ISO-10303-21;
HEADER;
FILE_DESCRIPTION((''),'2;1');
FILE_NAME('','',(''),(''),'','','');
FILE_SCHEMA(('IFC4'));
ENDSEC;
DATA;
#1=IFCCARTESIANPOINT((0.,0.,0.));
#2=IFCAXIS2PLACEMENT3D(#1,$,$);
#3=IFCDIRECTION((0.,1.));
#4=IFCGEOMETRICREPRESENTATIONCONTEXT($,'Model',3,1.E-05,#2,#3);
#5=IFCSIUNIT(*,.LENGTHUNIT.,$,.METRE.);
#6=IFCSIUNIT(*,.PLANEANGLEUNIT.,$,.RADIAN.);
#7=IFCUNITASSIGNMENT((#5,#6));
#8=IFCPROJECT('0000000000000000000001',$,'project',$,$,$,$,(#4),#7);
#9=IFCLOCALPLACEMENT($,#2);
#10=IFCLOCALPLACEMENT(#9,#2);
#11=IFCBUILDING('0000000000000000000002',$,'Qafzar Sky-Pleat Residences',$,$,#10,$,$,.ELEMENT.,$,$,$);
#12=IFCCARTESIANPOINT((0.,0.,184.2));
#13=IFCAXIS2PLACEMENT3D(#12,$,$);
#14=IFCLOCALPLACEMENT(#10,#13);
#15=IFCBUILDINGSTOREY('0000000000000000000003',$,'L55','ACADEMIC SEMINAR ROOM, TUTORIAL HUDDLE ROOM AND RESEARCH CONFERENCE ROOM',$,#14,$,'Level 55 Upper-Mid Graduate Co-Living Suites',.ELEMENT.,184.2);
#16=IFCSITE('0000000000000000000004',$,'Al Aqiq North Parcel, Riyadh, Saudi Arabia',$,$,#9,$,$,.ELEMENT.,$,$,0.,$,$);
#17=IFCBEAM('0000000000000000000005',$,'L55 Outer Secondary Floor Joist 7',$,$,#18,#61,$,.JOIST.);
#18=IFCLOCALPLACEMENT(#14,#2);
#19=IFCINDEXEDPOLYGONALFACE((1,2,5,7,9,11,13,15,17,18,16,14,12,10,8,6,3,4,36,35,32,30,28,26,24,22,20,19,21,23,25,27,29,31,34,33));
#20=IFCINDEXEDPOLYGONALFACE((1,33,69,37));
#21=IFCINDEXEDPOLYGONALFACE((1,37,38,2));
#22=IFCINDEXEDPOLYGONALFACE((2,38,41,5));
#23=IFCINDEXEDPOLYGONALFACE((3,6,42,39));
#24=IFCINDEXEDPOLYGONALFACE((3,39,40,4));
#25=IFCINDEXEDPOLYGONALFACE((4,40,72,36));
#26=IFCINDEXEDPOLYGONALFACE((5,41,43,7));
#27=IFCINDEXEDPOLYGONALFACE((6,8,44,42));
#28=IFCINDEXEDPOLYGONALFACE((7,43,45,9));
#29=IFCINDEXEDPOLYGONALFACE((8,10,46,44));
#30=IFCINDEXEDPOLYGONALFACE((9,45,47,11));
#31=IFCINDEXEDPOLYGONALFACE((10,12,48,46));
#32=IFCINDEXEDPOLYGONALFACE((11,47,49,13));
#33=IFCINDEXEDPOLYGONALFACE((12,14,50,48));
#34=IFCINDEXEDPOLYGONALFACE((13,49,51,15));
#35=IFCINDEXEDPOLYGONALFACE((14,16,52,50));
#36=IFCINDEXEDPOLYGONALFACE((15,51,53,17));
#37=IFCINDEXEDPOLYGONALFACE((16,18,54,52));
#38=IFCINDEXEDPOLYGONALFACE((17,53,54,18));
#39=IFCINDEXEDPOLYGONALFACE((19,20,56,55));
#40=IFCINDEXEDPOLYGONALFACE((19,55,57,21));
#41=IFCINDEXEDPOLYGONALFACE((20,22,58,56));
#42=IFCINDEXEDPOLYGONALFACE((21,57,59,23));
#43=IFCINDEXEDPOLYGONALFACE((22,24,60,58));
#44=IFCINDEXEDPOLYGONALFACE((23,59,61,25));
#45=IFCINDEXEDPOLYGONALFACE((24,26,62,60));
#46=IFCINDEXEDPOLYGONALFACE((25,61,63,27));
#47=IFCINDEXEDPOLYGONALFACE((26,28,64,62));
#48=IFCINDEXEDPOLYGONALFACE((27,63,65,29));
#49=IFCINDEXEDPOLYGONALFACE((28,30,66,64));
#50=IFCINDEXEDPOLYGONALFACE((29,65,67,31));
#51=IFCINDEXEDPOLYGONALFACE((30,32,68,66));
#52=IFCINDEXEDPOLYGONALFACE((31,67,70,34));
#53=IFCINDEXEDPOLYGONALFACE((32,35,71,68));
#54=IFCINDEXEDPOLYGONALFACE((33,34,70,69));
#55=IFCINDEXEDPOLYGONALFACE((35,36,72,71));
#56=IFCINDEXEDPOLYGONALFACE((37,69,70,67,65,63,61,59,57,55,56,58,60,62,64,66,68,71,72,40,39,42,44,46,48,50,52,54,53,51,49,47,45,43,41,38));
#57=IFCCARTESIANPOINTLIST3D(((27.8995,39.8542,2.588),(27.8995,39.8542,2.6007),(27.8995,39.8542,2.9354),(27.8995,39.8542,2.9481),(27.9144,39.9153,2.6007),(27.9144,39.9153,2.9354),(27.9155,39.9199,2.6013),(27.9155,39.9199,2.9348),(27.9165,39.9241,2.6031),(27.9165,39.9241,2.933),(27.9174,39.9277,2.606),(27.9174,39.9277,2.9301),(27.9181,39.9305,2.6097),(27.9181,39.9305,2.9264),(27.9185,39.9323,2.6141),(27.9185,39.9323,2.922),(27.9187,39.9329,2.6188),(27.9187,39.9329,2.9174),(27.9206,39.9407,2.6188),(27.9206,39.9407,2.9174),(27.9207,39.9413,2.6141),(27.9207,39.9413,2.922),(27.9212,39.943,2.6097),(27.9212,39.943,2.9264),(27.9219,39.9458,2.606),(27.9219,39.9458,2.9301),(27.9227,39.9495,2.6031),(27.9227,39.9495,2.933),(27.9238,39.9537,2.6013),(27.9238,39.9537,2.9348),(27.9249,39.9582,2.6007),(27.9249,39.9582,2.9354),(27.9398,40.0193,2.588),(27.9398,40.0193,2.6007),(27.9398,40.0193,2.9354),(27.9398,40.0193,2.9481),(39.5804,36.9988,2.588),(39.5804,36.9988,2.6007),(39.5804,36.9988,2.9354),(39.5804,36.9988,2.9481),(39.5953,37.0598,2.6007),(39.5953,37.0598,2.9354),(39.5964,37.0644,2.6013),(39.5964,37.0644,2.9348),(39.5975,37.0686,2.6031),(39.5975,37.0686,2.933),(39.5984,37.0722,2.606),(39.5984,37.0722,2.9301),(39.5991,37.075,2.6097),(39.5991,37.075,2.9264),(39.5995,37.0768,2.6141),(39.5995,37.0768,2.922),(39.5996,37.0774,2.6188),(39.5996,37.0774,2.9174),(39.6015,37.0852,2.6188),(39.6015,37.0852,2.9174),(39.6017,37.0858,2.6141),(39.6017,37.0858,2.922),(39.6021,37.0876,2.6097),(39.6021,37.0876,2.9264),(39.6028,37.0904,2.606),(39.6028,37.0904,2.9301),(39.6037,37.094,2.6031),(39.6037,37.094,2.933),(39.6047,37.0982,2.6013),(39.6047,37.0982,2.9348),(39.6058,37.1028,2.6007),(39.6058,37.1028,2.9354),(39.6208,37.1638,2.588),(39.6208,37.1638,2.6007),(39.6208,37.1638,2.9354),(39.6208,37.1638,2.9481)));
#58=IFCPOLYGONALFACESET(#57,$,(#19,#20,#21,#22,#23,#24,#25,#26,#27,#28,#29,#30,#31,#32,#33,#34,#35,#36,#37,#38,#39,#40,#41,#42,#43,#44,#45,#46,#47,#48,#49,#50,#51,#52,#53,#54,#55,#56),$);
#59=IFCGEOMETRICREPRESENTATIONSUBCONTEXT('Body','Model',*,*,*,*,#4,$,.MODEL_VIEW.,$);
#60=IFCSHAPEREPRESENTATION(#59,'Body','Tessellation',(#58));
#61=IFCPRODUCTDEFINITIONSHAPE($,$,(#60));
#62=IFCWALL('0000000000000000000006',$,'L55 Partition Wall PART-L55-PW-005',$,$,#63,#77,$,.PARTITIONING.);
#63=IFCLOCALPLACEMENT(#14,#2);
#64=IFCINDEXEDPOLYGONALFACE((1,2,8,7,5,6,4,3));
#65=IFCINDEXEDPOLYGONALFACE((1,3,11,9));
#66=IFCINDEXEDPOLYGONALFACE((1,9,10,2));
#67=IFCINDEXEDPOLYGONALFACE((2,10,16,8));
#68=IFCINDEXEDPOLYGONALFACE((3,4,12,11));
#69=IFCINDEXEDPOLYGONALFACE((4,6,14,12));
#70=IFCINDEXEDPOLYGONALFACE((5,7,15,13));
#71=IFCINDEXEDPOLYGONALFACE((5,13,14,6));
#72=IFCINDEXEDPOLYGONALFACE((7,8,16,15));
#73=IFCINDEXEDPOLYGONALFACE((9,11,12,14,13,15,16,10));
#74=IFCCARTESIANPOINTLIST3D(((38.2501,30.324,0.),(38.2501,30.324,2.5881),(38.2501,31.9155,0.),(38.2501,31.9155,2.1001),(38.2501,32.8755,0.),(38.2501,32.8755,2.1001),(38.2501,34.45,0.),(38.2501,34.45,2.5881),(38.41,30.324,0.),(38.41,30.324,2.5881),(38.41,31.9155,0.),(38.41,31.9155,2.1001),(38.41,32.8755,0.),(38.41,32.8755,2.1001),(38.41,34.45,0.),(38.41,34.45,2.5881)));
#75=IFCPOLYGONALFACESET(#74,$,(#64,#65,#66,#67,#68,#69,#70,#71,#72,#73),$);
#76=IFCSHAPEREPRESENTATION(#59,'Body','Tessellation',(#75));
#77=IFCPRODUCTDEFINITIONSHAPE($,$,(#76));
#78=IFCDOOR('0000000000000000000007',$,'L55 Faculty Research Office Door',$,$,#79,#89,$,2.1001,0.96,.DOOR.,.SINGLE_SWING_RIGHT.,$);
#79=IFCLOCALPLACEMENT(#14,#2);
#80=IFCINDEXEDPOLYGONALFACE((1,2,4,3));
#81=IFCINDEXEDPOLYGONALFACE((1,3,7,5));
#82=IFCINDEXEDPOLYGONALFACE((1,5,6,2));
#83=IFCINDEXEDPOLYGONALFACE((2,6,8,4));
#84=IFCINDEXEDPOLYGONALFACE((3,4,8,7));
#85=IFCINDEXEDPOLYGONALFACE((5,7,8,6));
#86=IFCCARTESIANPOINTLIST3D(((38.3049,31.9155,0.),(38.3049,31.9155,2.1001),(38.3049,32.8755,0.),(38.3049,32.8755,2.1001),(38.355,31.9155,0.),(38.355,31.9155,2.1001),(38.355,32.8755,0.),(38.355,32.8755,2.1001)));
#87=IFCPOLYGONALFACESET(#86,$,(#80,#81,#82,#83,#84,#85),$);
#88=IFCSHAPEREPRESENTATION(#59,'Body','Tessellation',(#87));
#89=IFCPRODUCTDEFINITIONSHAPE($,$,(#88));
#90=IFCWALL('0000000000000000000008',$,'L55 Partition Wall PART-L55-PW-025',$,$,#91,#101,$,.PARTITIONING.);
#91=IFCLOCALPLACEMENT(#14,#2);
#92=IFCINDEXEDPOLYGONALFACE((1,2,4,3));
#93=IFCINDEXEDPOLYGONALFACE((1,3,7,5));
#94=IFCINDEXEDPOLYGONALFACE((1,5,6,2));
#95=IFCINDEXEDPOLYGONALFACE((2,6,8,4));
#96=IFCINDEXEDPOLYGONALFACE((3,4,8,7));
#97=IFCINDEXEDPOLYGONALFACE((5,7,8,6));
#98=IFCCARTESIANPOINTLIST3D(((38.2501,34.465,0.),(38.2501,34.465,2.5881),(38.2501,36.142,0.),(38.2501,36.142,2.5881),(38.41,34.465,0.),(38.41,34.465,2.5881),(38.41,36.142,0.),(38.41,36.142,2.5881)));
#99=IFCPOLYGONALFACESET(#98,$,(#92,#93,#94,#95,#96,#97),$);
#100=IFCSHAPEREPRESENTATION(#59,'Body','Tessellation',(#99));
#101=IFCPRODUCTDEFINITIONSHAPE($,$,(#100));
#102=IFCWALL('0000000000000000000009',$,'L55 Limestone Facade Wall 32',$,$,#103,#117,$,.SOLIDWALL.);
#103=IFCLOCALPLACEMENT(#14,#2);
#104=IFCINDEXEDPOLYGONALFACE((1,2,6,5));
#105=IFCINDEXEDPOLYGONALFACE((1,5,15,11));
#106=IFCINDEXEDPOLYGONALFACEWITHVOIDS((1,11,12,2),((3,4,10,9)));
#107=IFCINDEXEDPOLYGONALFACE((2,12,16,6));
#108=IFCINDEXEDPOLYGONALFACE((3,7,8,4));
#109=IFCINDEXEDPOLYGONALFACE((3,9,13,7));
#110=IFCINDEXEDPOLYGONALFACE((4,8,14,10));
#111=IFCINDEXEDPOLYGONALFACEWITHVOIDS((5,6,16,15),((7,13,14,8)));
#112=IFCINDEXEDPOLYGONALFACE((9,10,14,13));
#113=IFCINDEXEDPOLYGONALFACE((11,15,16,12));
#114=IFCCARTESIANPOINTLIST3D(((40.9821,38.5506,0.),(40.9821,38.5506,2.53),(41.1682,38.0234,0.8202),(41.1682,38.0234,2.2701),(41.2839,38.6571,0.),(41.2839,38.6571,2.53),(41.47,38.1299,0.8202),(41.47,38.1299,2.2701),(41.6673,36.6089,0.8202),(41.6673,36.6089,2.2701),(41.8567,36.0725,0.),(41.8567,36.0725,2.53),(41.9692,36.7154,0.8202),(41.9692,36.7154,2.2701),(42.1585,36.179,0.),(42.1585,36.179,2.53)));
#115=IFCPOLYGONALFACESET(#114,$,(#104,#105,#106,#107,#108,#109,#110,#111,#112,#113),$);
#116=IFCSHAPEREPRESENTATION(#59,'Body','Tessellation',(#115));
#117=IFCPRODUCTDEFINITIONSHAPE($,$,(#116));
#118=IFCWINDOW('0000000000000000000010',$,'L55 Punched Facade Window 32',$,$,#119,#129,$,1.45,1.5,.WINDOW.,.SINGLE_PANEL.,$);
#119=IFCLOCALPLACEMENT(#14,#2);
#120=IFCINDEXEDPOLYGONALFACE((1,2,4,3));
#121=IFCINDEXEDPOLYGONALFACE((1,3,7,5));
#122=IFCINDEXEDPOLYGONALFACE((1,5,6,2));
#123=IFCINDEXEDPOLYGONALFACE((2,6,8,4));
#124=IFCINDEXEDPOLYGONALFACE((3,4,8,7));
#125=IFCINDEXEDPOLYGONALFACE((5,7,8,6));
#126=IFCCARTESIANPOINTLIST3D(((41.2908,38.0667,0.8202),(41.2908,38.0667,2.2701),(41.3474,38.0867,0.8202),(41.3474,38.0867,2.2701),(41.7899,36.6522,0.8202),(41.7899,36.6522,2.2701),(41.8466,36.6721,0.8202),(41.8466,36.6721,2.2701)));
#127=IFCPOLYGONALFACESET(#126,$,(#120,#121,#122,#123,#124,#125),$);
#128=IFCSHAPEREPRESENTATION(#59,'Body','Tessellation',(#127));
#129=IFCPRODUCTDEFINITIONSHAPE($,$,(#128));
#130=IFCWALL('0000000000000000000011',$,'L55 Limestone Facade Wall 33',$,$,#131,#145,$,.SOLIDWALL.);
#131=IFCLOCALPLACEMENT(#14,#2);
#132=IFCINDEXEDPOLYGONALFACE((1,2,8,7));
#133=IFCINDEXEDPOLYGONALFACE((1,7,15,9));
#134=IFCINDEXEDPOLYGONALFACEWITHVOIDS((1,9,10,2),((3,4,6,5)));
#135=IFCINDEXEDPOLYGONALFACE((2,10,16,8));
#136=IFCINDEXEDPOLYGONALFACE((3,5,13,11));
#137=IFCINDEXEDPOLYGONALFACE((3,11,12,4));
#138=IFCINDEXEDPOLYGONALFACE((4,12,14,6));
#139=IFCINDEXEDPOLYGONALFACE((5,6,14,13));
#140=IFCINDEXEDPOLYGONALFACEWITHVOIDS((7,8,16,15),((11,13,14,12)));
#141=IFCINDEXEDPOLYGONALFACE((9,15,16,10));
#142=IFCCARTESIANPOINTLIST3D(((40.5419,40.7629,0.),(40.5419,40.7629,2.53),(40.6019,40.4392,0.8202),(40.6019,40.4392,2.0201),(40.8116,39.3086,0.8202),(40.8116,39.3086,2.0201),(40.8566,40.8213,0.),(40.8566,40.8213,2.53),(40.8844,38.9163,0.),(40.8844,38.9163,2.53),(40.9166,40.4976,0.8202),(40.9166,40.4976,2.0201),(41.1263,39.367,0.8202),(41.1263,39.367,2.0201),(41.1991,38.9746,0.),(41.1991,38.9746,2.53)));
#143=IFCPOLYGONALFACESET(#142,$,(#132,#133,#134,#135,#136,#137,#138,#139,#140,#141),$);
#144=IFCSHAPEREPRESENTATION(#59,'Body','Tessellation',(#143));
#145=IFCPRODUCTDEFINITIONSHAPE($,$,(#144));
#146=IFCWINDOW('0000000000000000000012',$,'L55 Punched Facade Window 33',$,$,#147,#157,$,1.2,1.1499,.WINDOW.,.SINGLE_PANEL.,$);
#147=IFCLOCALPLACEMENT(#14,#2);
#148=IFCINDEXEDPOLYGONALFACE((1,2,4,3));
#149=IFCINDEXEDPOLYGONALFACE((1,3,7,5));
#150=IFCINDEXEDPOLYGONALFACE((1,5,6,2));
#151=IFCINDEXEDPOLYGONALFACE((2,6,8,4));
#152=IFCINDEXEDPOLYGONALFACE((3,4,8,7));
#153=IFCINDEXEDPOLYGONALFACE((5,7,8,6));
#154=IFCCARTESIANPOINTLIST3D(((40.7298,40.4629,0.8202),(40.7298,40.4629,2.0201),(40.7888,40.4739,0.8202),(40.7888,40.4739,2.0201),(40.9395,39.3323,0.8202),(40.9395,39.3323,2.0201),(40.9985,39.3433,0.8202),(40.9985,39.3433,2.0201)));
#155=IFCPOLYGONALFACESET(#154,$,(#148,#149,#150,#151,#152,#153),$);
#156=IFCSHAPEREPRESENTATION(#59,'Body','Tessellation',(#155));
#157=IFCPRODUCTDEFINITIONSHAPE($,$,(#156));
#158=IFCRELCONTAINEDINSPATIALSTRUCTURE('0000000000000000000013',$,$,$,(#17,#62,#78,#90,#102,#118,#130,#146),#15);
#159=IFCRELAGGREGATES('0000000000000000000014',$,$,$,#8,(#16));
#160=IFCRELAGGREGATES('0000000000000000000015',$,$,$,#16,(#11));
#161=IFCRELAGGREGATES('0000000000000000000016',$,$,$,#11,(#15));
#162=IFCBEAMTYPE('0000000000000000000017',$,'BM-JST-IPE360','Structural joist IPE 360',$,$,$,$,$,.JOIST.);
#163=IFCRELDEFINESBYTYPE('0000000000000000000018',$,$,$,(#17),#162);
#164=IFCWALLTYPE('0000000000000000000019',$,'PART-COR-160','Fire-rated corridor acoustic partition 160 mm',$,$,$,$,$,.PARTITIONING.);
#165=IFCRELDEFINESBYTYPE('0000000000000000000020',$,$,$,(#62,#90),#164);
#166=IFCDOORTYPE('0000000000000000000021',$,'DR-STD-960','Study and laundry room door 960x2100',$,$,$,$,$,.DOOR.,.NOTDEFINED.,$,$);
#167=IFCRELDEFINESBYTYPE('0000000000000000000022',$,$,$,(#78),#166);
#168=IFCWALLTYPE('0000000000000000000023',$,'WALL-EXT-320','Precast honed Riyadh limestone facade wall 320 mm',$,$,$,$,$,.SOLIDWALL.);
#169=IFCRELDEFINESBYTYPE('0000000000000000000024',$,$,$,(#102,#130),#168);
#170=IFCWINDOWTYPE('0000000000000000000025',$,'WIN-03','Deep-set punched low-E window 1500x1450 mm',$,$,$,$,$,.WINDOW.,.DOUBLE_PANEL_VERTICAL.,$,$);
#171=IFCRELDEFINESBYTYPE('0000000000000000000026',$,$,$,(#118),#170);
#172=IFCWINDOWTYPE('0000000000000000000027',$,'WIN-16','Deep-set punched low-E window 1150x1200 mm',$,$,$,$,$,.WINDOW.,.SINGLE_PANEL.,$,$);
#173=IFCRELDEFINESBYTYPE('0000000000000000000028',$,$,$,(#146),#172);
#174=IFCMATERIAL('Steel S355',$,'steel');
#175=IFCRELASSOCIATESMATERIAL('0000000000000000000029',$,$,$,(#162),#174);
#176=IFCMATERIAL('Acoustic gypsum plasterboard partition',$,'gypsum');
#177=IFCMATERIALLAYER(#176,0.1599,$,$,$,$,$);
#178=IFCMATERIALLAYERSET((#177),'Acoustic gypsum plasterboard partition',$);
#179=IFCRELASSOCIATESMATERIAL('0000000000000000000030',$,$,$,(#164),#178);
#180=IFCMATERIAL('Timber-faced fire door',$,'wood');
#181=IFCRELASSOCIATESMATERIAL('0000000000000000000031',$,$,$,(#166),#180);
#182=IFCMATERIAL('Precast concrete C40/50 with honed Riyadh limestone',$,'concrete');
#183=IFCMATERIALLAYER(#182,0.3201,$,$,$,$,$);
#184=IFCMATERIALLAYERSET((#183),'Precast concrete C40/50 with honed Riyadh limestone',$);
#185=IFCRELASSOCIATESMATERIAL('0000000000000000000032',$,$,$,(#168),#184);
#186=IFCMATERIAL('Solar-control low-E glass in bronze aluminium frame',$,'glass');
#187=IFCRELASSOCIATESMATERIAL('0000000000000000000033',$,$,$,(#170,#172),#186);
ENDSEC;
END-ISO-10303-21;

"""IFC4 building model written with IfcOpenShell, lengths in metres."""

from ifc_helpers import new_model, si_unit, direction, frame, frame_2d, origin, origin_2d, place, context, subcontext, project, spatial, rectangle, i_section, extrude, source, transform, mapped, material, layer, layer_set, material_profile, profile_set, type_object, element, fill, save


model = new_model("IFC4")

# Units and contexts
model_context = context("Model", 3, precision=1e-05, world=origin(), true_north=direction((0.0, 1.0)))
body_context = subcontext(model_context, "Body", "Model", "MODEL_VIEW")
ifc_project = project(units=[si_unit("LENGTHUNIT", "METRE"), si_unit("PLANEANGLEUNIT", "RADIAN")], contexts=[model_context])

# Site, building, storey
site_placement = place(None, origin())
site = spatial("IfcSite", under=ifc_project, at=site_placement, Name="Al Aqiq North Parcel, Riyadh, Saudi Arabia", CompositionType="ELEMENT", RefElevation=0.0)
building_placement = place(site_placement, origin())
building = spatial("IfcBuilding", under=site, at=building_placement, Name="Qafzar Sky-Pleat Residences", CompositionType="ELEMENT")
storey_placement = place(building_placement, frame((0.0, 0.0, 184.2)))
storey = spatial("IfcBuildingStorey", under=building, at=storey_placement, Name="L55", Description="ACADEMIC SEMINAR ROOM, TUTORIAL HUDDLE ROOM AND RESEARCH CONFERENCE ROOM", LongName="Level 55 Upper-Mid Graduate Co-Living Suites", CompositionType="ELEMENT", Elevation=184.2)

# Beam
ifc_material_1 = material(Name="Steel S355", Category="steel")
ifc_material_profile_1 = material_profile(ifc_material_1, i_section(OverallWidth=0.1699, OverallDepth=0.3601, WebThickness=0.0081, FlangeThickness=0.0127, FilletRadius=0.0181, at=origin_2d()), Name="IPE 360")
ifc_profile_set_1 = profile_set([ifc_material_profile_1], Name="Steel S355")
beam_type_1 = type_object("IfcBeamType", Name="BM-JST-IPE360", Description="Structural joist IPE 360", PredefinedType="JOIST", material=ifc_profile_set_1)
shared_shape_1 = source(origin(), body_context, "Body", "SweptSolid", [
    extrude(i_section(OverallWidth=0.1699, OverallDepth=0.3601, WebThickness=0.0081, FlangeThickness=0.0127, FilletRadius=0.0181, at=origin_2d()), origin(), (0.0, 0.0, 1.0), 12.0249),
])
beam_1_placement = place(storey_placement, frame((39.6006, 37.0813, 2.7681), z_axis=(-0.971396, 0.237464, 0.0), x_axis=(-0.237464, -0.971396, 0.0)))
element("IfcBeam", 1, at=beam_1_placement, inside=storey, type_object=beam_type_1, Name="L55 Outer Secondary Floor Joist 7", PredefinedType="JOIST", context=body_context, shape_type="MappedRepresentation", body=[
    mapped(shared_shape_1, transform((0.0, 0.0, 0.0), x_axis=(1.0, 0.0, 0.0), y_axis=(0.0, 1.0, 0.0), z_axis=(0.0, 0.0, 1.0), scale=1.0)),
])

# Wall, opening, door
ifc_material_2 = material(Name="Acoustic gypsum plasterboard partition", Category="gypsum")
ifc_layer_1 = layer(ifc_material_2, 0.1599)
ifc_layer_set_1 = layer_set([ifc_layer_1], Name="Acoustic gypsum plasterboard partition")
wall_type_1 = type_object("IfcWallType", Name="PART-COR-160", Description="Fire-rated corridor acoustic partition 160 mm", PredefinedType="PARTITIONING", material=ifc_layer_set_1)
wall_1_placement = place(storey_placement, frame((38.3301, 34.45, 0.0), z_axis=(0.0, 0.0, 1.0), x_axis=(0.0, -1.0, 0.0)))
wall_1 = element("IfcWall", 2, at=wall_1_placement, inside=storey, type_object=wall_type_1, Name="L55 Partition Wall PART-L55-PW-005", PredefinedType="PARTITIONING", context=body_context, shape_type="SweptSolid", body=[
    extrude(rectangle(XDim=4.126, YDim=0.1599, at=frame_2d((2.063, 0.0))), origin(), (0.0, 0.0, 1.0), 2.5881),
])
opening_1_placement = place(wall_1_placement, frame((1.5745, 0.0, 0.0)))
opening_1 = element("IfcOpeningElement", 3, at=opening_1_placement, cuts=wall_1, PredefinedType="OPENING", context=body_context, shape_type="SweptSolid", body=[
    extrude(rectangle(XDim=0.96, YDim=2.1001, at=frame_2d((0.48, 1.05))), frame((0.0, 0.0898, 0.0), z_axis=(0.0, -1.0, 0.0), x_axis=(1.0, 0.0, 0.0)), (0.0, 0.0, 1.0), 0.1799),
])
ifc_material_3 = material(Name="Timber-faced fire door", Category="wood")
door_type = type_object("IfcDoorType", Name="DR-STD-960", Description="Study and laundry room door 960x2100", OperationType="NOTDEFINED", PredefinedType="DOOR", material=ifc_material_3)
shared_shape_2 = source(origin(), body_context, "Body", "SweptSolid", [
    extrude(rectangle(XDim=0.96, YDim=2.1001, at=frame_2d((0.48, 1.05))), frame((0.0, 0.0249, 0.0), z_axis=(0.0, -1.0, 0.0), x_axis=(1.0, 0.0, 0.0)), (0.0, 0.0, 1.0), 0.05),
])
door_placement = place(opening_1_placement, origin())
door = element("IfcDoor", 4, at=door_placement, inside=storey, type_object=door_type, Name="L55 Faculty Research Office Door", OperationType="SINGLE_SWING_RIGHT", OverallHeight=2.1001, OverallWidth=0.96, PredefinedType="DOOR", context=body_context, shape_type="MappedRepresentation", body=[
    mapped(shared_shape_2, transform((0.0, 0.0, 0.0), x_axis=(1.0, 0.0, 0.0), y_axis=(0.0, 1.0, 0.0), z_axis=(0.0, 0.0, 1.0), scale=1.0)),
])
fill(opening_1, door)

# Wall
wall_2_placement = place(storey_placement, frame((38.3301, 34.4651, 0.0), z_axis=(0.0, 0.0, 1.0), x_axis=(0.0, 1.0, 0.0)))
element("IfcWall", 5, at=wall_2_placement, inside=storey, type_object=wall_type_1, Name="L55 Partition Wall PART-L55-PW-025", PredefinedType="PARTITIONING", context=body_context, shape_type="SweptSolid", body=[
    extrude(rectangle(XDim=1.677, YDim=0.1599, at=frame_2d((0.8384, 0.0))), origin(), (0.0, 0.0, 1.0), 2.5881),
])

# Walls, openings, windows
ifc_material_4 = material(Name="Precast concrete C40/50 with honed Riyadh limestone", Category="concrete")
ifc_layer_2 = layer(ifc_material_4, 0.3201)
ifc_layer_set_2 = layer_set([ifc_layer_2], Name="Precast concrete C40/50 with honed Riyadh limestone")
wall_type_2 = type_object("IfcWallType", Name="WALL-EXT-320", Description="Precast honed Riyadh limestone facade wall 320 mm", PredefinedType="SOLIDWALL", material=ifc_layer_set_2)
wall_3_placement = place(storey_placement, frame((42.0076, 36.1257, 0.0), z_axis=(0.0, 0.0, 1.0), x_axis=(-0.332791, 0.943001, 0.0)))
wall_3 = element("IfcWall", 6, at=wall_3_placement, inside=storey, type_object=wall_type_2, Name="L55 Limestone Facade Wall 32", PredefinedType="SOLIDWALL", context=body_context, shape_type="SweptSolid", body=[
    extrude(rectangle(XDim=2.6279, YDim=0.3201, at=frame_2d((1.314, 0.0))), origin(), (0.0, 0.0, 1.0), 2.53),
])
opening_2_placement = place(wall_3_placement, frame((0.5688, 0.0, 0.8201)))
opening_2 = element("IfcOpeningElement", 7, at=opening_2_placement, cuts=wall_3, PredefinedType="OPENING", context=body_context, shape_type="SweptSolid", body=[
    extrude(rectangle(XDim=1.5, YDim=1.45, at=frame_2d((0.75, 0.7251))), frame((0.0, 0.1699, 0.0), z_axis=(0.0, -1.0, 0.0), x_axis=(1.0, 0.0, 0.0)), (0.0, 0.0, 1.0), 0.3401),
])
ifc_material_5 = material(Name="Solar-control low-E glass in bronze aluminium frame", Category="glass")
window_type_1 = type_object("IfcWindowType", Name="WIN-03", Description="Deep-set punched low-E window 1500x1450 mm", PartitioningType="DOUBLE_PANEL_VERTICAL", PredefinedType="WINDOW", material=ifc_material_5)
shared_shape_3 = source(origin(), body_context, "Body", "SweptSolid", [
    extrude(rectangle(XDim=1.5, YDim=1.45, at=frame_2d((0.75, 0.7251))), frame((0.0, 0.03, 0.0), z_axis=(0.0, -1.0, 0.0), x_axis=(1.0, 0.0, 0.0)), (0.0, 0.0, 1.0), 0.0601),
])
window_1_placement = place(opening_2_placement, origin())
window_1 = element("IfcWindow", 8, at=window_1_placement, inside=storey, type_object=window_type_1, Name="L55 Punched Facade Window 32", OverallHeight=1.45, OverallWidth=1.5, PartitioningType="SINGLE_PANEL", PredefinedType="WINDOW", context=body_context, shape_type="MappedRepresentation", body=[
    mapped(shared_shape_3, transform((0.0, 0.0, 0.0), x_axis=(1.0, 0.0, 0.0), y_axis=(0.0, 1.0, 0.0), z_axis=(0.0, 0.0, 1.0), scale=1.0)),
])
fill(opening_2, window_1)
wall_4_placement = place(storey_placement, frame((41.0417, 38.9456, 0.0), z_axis=(0.0, 0.0, 1.0), x_axis=(-0.182373, 0.983229, 0.0)))
wall_4 = element("IfcWall", 9, at=wall_4_placement, inside=storey, type_object=wall_type_2, Name="L55 Limestone Facade Wall 33", PredefinedType="SOLIDWALL", context=body_context, shape_type="SweptSolid", body=[
    extrude(rectangle(XDim=1.8782, YDim=0.3201, at=frame_2d((0.939, 0.0))), origin(), (0.0, 0.0, 1.0), 2.53),
])
opening_3_placement = place(wall_4_placement, frame((0.3989, 0.0, 0.8201)))
opening_3 = element("IfcOpeningElement", 10, at=opening_3_placement, cuts=wall_4, PredefinedType="OPENING", context=body_context, shape_type="SweptSolid", body=[
    extrude(rectangle(XDim=1.1499, YDim=1.2, at=frame_2d((0.575, 0.6001))), frame((0.0, 0.1699, 0.0), z_axis=(0.0, -1.0, 0.0), x_axis=(1.0, 0.0, 0.0)), (0.0, 0.0, 1.0), 0.3401),
])
window_type_2 = type_object("IfcWindowType", Name="WIN-16", Description="Deep-set punched low-E window 1150x1200 mm", PartitioningType="SINGLE_PANEL", PredefinedType="WINDOW", material=ifc_material_5)
shared_shape_4 = source(origin(), body_context, "Body", "SweptSolid", [
    extrude(rectangle(XDim=1.1499, YDim=1.2, at=frame_2d((0.575, 0.6001))), frame((0.0, 0.03, 0.0), z_axis=(0.0, -1.0, 0.0), x_axis=(1.0, 0.0, 0.0)), (0.0, 0.0, 1.0), 0.0601),
])
window_2_placement = place(opening_3_placement, origin())
window_2 = element("IfcWindow", 11, at=window_2_placement, inside=storey, type_object=window_type_2, Name="L55 Punched Facade Window 33", OverallHeight=1.2, OverallWidth=1.1499, PartitioningType="SINGLE_PANEL", PredefinedType="WINDOW", context=body_context, shape_type="MappedRepresentation", body=[
    mapped(shared_shape_4, transform((0.0, 0.0, 0.0), x_axis=(1.0, 0.0, 0.0), y_axis=(0.0, 1.0, 0.0), z_axis=(0.0, 0.0, 1.0), scale=1.0)),
])
fill(opening_3, window_2)

save(model, "model.ifc")
